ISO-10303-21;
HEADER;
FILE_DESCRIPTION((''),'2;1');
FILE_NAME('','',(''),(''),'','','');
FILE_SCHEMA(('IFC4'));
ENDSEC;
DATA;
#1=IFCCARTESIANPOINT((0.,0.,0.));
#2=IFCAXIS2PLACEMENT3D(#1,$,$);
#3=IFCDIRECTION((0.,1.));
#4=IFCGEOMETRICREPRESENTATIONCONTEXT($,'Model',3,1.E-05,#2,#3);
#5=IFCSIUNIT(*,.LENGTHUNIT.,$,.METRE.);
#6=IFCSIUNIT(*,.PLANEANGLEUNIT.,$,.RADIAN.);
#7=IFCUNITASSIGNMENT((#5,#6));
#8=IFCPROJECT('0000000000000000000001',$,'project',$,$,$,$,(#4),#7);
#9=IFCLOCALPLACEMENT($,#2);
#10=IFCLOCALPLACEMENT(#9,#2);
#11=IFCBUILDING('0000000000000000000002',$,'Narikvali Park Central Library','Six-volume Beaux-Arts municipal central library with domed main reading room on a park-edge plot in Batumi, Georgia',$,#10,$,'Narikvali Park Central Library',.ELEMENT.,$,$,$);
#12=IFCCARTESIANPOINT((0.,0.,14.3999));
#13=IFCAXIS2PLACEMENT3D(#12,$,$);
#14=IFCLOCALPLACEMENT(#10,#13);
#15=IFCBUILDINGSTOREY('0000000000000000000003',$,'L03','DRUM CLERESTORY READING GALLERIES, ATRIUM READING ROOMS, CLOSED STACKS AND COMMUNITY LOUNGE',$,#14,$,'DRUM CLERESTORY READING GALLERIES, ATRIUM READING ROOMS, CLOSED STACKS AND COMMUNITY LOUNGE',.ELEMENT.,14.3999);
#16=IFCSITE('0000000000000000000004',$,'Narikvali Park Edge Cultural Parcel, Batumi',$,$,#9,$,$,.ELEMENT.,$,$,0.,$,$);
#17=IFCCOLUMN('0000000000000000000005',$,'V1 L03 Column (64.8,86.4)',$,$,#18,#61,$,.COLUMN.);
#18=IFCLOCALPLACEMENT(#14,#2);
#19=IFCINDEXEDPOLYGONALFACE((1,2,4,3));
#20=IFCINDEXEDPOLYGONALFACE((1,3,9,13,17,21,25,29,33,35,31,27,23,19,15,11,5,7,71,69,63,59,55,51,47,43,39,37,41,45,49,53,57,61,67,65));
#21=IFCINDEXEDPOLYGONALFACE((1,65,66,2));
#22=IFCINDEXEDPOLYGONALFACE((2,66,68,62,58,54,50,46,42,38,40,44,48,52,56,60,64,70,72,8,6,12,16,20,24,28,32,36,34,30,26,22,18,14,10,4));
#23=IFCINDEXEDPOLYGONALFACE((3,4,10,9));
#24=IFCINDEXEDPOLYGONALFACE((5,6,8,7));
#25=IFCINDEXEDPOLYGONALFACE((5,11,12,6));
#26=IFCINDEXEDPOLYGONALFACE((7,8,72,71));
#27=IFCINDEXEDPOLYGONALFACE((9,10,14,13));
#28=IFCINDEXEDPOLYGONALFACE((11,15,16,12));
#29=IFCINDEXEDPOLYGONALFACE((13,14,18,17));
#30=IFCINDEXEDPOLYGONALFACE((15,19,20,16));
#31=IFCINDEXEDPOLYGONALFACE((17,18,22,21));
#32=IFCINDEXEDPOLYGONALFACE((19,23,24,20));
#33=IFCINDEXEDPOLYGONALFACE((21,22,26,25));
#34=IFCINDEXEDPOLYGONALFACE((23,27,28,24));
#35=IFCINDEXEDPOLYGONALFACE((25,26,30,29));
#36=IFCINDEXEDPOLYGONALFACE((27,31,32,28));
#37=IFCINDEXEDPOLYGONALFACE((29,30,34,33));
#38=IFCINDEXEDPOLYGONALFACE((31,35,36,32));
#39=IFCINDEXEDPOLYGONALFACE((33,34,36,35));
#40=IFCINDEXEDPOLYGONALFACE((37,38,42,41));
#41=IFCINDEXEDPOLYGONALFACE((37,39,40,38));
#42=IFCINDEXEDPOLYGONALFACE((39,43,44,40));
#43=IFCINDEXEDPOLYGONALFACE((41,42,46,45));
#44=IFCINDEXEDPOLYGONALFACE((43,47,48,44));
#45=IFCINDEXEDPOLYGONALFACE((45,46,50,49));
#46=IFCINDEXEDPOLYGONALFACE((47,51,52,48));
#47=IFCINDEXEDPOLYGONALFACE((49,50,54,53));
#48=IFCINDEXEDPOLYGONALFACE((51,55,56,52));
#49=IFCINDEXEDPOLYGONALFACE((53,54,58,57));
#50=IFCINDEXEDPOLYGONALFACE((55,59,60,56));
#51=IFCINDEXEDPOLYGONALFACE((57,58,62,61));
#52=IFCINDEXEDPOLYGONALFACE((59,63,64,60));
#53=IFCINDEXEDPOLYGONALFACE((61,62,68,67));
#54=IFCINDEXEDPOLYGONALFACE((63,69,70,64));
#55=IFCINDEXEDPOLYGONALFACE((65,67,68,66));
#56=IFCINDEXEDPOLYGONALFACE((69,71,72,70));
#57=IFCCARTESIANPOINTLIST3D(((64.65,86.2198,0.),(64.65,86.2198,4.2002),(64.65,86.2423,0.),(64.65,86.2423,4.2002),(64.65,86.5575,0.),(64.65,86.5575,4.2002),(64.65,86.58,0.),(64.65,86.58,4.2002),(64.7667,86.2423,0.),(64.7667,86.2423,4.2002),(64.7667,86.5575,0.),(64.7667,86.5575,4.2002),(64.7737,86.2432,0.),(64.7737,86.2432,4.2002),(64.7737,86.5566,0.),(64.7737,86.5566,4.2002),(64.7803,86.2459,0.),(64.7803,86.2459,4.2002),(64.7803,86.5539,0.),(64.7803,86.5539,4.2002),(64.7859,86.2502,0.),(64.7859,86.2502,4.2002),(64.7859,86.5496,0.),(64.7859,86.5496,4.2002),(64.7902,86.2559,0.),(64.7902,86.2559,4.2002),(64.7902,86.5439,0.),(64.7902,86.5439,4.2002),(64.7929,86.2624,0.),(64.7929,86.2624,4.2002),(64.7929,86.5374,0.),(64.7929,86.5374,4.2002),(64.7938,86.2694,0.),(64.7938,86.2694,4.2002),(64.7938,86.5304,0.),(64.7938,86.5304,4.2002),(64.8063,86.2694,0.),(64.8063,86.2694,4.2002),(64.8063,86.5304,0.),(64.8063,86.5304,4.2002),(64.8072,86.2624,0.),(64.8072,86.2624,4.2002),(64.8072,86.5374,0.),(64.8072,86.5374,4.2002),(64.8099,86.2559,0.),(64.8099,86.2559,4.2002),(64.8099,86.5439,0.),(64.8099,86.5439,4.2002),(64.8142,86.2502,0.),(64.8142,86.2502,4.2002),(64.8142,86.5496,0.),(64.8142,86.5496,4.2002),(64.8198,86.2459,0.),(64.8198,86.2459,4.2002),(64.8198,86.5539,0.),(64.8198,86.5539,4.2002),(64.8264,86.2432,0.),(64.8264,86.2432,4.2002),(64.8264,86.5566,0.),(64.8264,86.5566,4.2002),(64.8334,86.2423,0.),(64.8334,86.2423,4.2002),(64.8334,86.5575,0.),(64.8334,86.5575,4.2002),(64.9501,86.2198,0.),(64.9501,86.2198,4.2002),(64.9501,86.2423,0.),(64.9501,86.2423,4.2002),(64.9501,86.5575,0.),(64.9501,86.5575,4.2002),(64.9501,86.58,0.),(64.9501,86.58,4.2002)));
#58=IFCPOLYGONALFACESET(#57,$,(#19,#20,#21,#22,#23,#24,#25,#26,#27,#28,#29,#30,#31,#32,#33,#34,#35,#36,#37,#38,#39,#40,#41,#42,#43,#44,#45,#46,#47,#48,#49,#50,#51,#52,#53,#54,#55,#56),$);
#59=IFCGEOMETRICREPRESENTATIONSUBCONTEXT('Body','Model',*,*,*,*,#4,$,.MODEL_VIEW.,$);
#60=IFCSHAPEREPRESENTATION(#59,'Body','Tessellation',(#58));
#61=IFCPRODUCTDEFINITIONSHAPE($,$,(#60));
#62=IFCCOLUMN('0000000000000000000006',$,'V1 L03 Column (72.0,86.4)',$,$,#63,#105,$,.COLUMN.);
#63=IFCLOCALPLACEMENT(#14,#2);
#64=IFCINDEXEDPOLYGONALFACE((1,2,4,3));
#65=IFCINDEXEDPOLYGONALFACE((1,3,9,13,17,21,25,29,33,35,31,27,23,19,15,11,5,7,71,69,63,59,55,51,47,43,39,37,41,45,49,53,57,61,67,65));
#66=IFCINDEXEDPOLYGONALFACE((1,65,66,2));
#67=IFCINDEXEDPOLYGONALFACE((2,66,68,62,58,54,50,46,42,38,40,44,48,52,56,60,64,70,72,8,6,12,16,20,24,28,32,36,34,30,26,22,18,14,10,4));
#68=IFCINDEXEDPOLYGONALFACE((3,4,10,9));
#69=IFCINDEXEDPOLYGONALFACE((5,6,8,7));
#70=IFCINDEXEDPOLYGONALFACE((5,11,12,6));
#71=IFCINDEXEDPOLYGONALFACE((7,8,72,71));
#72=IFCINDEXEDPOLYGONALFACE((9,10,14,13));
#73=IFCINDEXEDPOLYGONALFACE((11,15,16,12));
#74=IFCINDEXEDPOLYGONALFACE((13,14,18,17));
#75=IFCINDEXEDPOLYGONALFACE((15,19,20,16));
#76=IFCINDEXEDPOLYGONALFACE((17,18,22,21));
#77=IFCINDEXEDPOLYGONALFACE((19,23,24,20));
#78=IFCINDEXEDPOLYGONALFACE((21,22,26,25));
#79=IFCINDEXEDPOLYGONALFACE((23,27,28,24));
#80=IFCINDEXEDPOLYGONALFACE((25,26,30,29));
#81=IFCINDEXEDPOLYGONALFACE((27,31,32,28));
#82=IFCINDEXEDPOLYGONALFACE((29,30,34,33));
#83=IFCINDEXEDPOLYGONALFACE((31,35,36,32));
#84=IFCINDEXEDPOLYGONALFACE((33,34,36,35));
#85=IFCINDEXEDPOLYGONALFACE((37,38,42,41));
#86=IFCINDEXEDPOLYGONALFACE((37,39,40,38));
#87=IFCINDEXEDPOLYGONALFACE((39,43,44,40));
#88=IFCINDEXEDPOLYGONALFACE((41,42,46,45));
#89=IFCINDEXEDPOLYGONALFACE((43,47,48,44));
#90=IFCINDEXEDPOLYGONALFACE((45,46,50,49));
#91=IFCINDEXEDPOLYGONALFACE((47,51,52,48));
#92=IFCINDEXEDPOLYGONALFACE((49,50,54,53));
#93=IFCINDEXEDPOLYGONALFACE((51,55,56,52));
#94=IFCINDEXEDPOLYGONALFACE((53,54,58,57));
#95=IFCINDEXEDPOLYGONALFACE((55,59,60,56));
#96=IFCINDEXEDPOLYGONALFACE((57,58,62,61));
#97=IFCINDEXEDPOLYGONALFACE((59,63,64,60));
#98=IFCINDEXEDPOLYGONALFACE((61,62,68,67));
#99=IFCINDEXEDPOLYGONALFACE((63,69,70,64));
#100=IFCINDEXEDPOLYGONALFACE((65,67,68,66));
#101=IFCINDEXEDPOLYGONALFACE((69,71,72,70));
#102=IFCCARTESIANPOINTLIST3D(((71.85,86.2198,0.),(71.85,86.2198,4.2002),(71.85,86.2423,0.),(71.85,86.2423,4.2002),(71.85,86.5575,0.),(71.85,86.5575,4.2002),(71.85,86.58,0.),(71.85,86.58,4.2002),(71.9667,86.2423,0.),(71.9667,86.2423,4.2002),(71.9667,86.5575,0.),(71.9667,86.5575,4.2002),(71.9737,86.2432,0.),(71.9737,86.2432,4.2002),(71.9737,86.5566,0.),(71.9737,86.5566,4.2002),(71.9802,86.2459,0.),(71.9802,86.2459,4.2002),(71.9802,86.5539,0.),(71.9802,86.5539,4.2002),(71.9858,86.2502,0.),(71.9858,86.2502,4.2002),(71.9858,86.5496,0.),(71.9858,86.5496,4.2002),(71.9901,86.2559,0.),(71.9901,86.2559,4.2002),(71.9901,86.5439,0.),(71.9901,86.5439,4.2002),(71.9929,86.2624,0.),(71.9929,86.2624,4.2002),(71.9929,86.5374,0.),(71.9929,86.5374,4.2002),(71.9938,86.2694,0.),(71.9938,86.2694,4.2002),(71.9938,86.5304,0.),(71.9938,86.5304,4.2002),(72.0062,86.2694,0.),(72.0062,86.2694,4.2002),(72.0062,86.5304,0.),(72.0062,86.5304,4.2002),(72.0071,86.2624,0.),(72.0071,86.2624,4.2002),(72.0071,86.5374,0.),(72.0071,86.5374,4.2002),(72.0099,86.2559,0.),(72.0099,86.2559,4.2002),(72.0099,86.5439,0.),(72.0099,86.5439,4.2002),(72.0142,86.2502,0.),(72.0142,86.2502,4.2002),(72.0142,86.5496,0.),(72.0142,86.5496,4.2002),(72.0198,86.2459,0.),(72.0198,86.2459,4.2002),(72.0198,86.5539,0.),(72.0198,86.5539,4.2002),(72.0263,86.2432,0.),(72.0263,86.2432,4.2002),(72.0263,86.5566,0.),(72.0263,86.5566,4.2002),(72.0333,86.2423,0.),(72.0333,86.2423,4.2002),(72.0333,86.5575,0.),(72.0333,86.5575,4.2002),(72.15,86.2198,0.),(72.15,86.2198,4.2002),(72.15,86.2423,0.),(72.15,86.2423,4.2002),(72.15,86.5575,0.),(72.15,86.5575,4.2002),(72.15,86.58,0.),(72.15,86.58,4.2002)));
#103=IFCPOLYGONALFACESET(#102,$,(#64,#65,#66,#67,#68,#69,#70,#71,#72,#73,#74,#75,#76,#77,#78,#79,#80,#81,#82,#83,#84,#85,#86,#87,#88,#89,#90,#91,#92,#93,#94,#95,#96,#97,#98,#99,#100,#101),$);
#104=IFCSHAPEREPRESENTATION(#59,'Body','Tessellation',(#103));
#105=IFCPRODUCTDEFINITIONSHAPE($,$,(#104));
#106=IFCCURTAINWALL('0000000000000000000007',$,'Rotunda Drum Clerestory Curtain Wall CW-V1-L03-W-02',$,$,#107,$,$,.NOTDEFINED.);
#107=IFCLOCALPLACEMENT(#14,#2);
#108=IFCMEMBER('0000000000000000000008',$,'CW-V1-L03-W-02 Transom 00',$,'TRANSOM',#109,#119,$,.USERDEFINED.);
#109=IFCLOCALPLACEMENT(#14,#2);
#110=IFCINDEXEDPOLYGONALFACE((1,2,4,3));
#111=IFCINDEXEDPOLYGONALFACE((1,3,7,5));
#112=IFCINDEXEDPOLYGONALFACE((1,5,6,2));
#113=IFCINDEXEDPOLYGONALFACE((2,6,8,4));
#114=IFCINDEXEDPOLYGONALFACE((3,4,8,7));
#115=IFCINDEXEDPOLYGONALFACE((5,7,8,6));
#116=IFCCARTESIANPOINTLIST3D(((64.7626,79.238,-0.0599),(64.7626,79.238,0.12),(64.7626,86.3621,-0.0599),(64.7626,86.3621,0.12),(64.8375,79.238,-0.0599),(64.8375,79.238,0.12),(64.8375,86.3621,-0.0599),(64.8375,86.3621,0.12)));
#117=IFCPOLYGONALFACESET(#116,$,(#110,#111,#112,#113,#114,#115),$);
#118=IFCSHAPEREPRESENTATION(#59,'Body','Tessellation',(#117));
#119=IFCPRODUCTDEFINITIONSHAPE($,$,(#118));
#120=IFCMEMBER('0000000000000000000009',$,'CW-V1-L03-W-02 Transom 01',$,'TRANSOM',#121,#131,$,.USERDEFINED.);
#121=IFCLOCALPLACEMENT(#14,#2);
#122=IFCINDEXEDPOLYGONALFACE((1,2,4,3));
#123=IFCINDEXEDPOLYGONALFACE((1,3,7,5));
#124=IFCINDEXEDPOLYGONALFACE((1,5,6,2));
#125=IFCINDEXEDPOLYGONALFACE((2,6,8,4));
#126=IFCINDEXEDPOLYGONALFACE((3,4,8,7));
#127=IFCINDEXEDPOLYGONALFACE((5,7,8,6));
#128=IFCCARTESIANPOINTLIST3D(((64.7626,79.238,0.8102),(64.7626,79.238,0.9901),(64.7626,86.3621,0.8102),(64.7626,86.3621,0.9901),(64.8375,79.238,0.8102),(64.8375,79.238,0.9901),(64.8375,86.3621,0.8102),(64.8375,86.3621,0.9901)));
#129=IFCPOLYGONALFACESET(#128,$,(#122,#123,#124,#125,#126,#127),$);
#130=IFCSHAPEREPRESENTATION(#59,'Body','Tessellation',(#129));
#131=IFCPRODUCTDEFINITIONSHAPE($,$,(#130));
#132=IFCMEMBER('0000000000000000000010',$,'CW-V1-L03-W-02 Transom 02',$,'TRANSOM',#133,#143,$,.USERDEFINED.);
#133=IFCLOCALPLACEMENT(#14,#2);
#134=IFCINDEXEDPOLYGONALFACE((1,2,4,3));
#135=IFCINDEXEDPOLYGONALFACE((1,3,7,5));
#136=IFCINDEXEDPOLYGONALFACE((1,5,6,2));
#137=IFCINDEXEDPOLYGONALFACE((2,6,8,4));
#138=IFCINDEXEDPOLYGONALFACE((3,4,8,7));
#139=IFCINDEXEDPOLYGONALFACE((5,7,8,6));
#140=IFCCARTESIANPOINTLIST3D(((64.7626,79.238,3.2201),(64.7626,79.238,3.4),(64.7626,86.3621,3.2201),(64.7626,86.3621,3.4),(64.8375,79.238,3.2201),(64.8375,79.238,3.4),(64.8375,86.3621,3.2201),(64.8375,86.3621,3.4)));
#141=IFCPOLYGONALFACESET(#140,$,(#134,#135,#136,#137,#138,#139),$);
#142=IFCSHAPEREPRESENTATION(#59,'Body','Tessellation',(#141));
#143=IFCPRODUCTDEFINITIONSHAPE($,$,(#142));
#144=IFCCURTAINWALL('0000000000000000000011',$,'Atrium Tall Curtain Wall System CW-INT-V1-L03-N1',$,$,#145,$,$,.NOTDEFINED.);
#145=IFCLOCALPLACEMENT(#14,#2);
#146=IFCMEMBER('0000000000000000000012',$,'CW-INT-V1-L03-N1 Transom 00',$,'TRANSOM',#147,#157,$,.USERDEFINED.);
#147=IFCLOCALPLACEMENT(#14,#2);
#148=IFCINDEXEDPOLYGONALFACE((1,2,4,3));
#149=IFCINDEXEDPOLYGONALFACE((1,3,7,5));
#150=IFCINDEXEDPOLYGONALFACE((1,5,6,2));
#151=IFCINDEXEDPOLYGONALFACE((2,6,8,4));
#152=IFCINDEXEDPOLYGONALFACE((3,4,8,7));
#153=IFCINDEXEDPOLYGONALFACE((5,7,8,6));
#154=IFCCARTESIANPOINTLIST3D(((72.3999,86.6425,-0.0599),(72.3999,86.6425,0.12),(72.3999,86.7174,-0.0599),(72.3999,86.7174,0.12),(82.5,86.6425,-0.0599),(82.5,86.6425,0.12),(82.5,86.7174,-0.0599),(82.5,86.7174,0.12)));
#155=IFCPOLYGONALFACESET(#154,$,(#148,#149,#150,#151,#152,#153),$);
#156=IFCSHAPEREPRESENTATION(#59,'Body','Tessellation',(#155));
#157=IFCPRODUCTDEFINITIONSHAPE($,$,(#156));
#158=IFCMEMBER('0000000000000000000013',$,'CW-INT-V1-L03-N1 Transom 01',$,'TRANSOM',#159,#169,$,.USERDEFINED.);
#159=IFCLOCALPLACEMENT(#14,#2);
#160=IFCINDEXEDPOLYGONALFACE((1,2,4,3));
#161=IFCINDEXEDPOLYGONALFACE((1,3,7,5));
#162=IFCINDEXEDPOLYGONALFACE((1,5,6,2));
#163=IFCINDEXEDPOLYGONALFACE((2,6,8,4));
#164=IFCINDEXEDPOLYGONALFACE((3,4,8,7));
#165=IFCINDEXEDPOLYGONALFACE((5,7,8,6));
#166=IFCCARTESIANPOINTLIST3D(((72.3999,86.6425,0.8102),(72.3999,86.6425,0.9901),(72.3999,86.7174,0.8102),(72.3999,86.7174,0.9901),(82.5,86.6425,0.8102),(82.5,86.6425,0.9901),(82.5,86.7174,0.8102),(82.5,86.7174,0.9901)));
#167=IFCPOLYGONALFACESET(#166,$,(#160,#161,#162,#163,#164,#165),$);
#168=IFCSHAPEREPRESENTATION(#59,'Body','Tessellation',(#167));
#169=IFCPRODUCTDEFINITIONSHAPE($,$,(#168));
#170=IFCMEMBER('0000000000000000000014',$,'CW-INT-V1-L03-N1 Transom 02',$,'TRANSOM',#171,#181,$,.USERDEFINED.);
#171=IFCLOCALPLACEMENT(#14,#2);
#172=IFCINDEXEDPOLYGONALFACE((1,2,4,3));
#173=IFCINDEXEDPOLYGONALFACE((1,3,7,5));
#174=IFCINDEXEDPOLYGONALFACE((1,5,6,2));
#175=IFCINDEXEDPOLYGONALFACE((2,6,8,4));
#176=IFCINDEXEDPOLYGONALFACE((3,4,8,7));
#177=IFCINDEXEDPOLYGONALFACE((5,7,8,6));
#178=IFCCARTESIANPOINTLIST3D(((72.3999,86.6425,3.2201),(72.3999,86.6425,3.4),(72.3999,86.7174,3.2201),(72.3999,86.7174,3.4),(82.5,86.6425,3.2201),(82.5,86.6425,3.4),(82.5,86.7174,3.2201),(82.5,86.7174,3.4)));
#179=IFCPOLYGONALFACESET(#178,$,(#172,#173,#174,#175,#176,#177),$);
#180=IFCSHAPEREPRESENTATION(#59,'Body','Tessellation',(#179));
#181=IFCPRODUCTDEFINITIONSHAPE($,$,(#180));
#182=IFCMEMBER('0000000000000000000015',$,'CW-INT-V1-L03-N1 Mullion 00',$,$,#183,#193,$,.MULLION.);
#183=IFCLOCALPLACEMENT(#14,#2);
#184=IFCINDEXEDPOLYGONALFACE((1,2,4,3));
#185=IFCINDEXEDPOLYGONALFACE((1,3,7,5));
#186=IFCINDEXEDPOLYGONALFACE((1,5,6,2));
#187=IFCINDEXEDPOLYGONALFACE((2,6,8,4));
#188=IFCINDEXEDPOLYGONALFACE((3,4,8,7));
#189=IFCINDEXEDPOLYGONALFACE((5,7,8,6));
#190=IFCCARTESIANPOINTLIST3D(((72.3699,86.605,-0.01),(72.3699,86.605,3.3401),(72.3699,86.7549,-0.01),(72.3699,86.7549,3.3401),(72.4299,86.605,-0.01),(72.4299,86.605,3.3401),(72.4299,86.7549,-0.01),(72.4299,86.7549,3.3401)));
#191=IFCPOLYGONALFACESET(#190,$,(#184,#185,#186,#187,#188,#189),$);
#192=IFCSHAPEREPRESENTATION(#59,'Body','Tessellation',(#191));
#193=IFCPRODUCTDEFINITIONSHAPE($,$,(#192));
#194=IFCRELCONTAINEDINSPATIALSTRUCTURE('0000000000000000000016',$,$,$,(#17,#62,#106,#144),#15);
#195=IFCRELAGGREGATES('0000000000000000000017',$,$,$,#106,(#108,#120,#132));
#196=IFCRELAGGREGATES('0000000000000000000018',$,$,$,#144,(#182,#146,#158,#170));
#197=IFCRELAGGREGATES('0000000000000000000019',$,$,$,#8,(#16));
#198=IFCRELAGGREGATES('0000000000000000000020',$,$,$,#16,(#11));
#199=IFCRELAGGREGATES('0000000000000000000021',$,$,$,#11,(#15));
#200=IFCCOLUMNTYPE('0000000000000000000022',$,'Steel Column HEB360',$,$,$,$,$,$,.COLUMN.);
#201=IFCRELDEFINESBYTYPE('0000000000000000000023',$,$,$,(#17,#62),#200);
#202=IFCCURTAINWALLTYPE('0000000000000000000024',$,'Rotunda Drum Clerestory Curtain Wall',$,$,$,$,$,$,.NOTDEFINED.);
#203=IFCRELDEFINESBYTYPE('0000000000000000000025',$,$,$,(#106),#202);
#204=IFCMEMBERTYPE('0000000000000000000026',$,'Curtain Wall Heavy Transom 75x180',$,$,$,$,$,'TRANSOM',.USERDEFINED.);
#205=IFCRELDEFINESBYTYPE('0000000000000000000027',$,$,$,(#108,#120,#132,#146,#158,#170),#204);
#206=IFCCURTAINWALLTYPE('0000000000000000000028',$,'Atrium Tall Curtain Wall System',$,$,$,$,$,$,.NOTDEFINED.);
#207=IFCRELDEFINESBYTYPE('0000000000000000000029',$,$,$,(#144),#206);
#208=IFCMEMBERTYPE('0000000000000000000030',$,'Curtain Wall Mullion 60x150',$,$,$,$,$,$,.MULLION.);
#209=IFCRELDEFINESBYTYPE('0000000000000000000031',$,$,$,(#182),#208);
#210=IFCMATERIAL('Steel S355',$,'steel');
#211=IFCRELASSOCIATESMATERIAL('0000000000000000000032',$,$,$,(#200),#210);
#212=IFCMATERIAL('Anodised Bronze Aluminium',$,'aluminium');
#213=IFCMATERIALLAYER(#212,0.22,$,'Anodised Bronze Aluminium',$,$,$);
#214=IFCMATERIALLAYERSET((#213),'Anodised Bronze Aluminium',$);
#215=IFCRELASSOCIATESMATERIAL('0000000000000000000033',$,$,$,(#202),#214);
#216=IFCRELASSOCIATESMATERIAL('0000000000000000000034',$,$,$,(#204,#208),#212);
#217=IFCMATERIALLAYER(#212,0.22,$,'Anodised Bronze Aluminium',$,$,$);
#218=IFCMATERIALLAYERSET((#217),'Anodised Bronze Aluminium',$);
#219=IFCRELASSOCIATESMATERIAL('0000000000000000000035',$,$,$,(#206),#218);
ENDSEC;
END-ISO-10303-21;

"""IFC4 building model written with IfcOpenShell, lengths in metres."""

from ifc_helpers import new_model, si_unit, direction, frame, origin, origin_2d, place, context, subcontext, project, spatial, rectangle, i_section, extrude, material, layer, layer_set, material_profile, profile_set, type_object, element, aggregate, save


model = new_model("IFC4")

# Units and contexts
model_context = context("Model", 3, precision=1e-05, world=origin(), true_north=direction((0.0, 1.0)))
body_context = subcontext(model_context, "Body", "Model", "MODEL_VIEW")
ifc_project = project(units=[si_unit("LENGTHUNIT", "METRE"), si_unit("PLANEANGLEUNIT", "RADIAN")], contexts=[model_context])

# Site, building, storey
site_placement = place(None, origin())
site = spatial("IfcSite", under=ifc_project, at=site_placement, Name="Narikvali Park Edge Cultural Parcel, Batumi", CompositionType="ELEMENT", RefElevation=0.0)
building_placement = place(site_placement, origin())
building = spatial("IfcBuilding", under=site, at=building_placement, Name="Narikvali Park Central Library", Description="Six-volume Beaux-Arts municipal central library with domed main reading room on a park-edge plot in Batumi, Georgia", LongName="Narikvali Park Central Library", CompositionType="ELEMENT")
storey_placement = place(building_placement, frame((0.0, 0.0, 14.3999)))
storey = spatial("IfcBuildingStorey", under=building, at=storey_placement, Name="L03", Description="DRUM CLERESTORY READING GALLERIES, ATRIUM READING ROOMS, CLOSED STACKS AND COMMUNITY LOUNGE", LongName="DRUM CLERESTORY READING GALLERIES, ATRIUM READING ROOMS, CLOSED STACKS AND COMMUNITY LOUNGE", CompositionType="ELEMENT", Elevation=14.3999)

# Columns
ifc_material_1 = material(Name="Steel S355", Category="steel")
ifc_material_profile_1 = material_profile(ifc_material_1, i_section(OverallWidth=0.3, OverallDepth=0.3601, WebThickness=0.0125, FlangeThickness=0.0225, FilletRadius=0.0271, at=origin_2d()), Name="HEB 360")
ifc_profile_set_1 = profile_set([ifc_material_profile_1], Name="Steel S355")
column_type = type_object("IfcColumnType", Name="Steel Column HEB360", PredefinedType="COLUMN", material=ifc_profile_set_1)
for number, where, z_axis, x_axis, name in (
    (1, (64.8, 86.3999, 0.0), (0.0, 0.0, 1.0), (1.0, 0.0, 0.0), "V1 L03 Column (64.8,86.4)"),
    (2, (72.0, 86.3999, 0.0), (0.0, 0.0, 1.0), (1.0, 0.0, 0.0), "V1 L03 Column (72.0,86.4)"),
):
    element("IfcColumn", number, at=place(storey_placement, frame(where, z_axis=z_axis, x_axis=x_axis)), inside=storey, type_object=column_type, Name=name, PredefinedType="COLUMN", context=body_context, shape_type="SweptSolid", body=[
        extrude(i_section(OverallWidth=0.3, OverallDepth=0.3601, WebThickness=0.0125, FlangeThickness=0.0225, FilletRadius=0.0271, at=origin_2d()), origin(), (0.0, 0.0, 1.0), 4.2002),
    ])

# Curtain walls, members
ifc_material_2 = material(Name="Anodised Bronze Aluminium", Category="aluminium")
ifc_layer_1 = layer(ifc_material_2, 0.22, Name="Anodised Bronze Aluminium")
ifc_layer_set_1 = layer_set([ifc_layer_1], Name="Anodised Bronze Aluminium")
curtain_wall_type_1 = type_object("IfcCurtainWallType", Name="Rotunda Drum Clerestory Curtain Wall", PredefinedType="NOTDEFINED", material=ifc_layer_set_1)
curtain_wall_1_placement = place(storey_placement, origin())
curtain_wall_1 = element("IfcCurtainWall", 3, at=curtain_wall_1_placement, inside=storey, type_object=curtain_wall_type_1, Name="Rotunda Drum Clerestory Curtain Wall CW-V1-L03-W-02", PredefinedType="NOTDEFINED")
ifc_material_profile_2 = material_profile(ifc_material_2, rectangle(XDim=0.075, YDim=0.1799, at=origin_2d()), Name="CW TRANSOM 75x180")
ifc_profile_set_2 = profile_set([ifc_material_profile_2], Name="Anodised Bronze Aluminium")
member_type_1 = type_object("IfcMemberType", Name="Curtain Wall Heavy Transom 75x180", ElementType="TRANSOM", PredefinedType="USERDEFINED", material=ifc_profile_set_2)
member_1_placement = place(storey_placement, frame((64.8, 86.3621, 0.03), z_axis=(0.0, -1.0, 0.0), x_axis=(1.0, 0.0, 0.0)))
member_1 = element("IfcMember", 4, at=member_1_placement, type_object=member_type_1, Name="CW-V1-L03-W-02 Transom 00", ObjectType="TRANSOM", PredefinedType="USERDEFINED", context=body_context, shape_type="SweptSolid", body=[
    extrude(rectangle(XDim=0.075, YDim=0.1799, at=origin_2d()), origin(), (0.0, 0.0, 1.0), 7.124),
])
member_2_placement = place(storey_placement, frame((64.8, 86.3621, 0.9001), z_axis=(0.0, -1.0, 0.0), x_axis=(1.0, 0.0, 0.0)))
member_2 = element("IfcMember", 5, at=member_2_placement, type_object=member_type_1, Name="CW-V1-L03-W-02 Transom 01", ObjectType="TRANSOM", PredefinedType="USERDEFINED", context=body_context, shape_type="SweptSolid", body=[
    extrude(rectangle(XDim=0.075, YDim=0.1799, at=origin_2d()), origin(), (0.0, 0.0, 1.0), 7.124),
])
member_3_placement = place(storey_placement, frame((64.8, 86.3621, 3.3101), z_axis=(0.0, -1.0, 0.0), x_axis=(1.0, 0.0, 0.0)))
member_3 = element("IfcMember", 6, at=member_3_placement, type_object=member_type_1, Name="CW-V1-L03-W-02 Transom 02", ObjectType="TRANSOM", PredefinedType="USERDEFINED", context=body_context, shape_type="SweptSolid", body=[
    extrude(rectangle(XDim=0.075, YDim=0.1799, at=origin_2d()), origin(), (0.0, 0.0, 1.0), 7.124),
])
aggregate(curtain_wall_1, [member_1, member_2, member_3])
ifc_layer_2 = layer(ifc_material_2, 0.22, Name="Anodised Bronze Aluminium")
ifc_layer_set_2 = layer_set([ifc_layer_2], Name="Anodised Bronze Aluminium")
curtain_wall_type_2 = type_object("IfcCurtainWallType", Name="Atrium Tall Curtain Wall System", PredefinedType="NOTDEFINED", material=ifc_layer_set_2)
curtain_wall_2_placement = place(storey_placement, origin())
curtain_wall_2 = element("IfcCurtainWall", 7, at=curtain_wall_2_placement, inside=storey, type_object=curtain_wall_type_2, Name="Atrium Tall Curtain Wall System CW-INT-V1-L03-N1", PredefinedType="NOTDEFINED")
member_4_placement = place(storey_placement, frame((72.3999, 86.6799, 0.03), z_axis=(1.0, 0.0, 0.0), x_axis=(0.0, 1.0, 0.0)))
member_4 = element("IfcMember", 8, at=member_4_placement, type_object=member_type_1, Name="CW-INT-V1-L03-N1 Transom 00", ObjectType="TRANSOM", PredefinedType="USERDEFINED", context=body_context, shape_type="SweptSolid", body=[
    extrude(rectangle(XDim=0.075, YDim=0.1799, at=origin_2d()), origin(), (0.0, 0.0, 1.0), 10.1001),
])
member_5_placement = place(storey_placement, frame((72.3999, 86.6799, 0.9001), z_axis=(1.0, 0.0, 0.0), x_axis=(0.0, 1.0, 0.0)))
member_5 = element("IfcMember", 9, at=member_5_placement, type_object=member_type_1, Name="CW-INT-V1-L03-N1 Transom 01", ObjectType="TRANSOM", PredefinedType="USERDEFINED", context=body_context, shape_type="SweptSolid", body=[
    extrude(rectangle(XDim=0.075, YDim=0.1799, at=origin_2d()), origin(), (0.0, 0.0, 1.0), 10.1001),
])
member_6_placement = place(storey_placement, frame((72.3999, 86.6799, 3.3101), z_axis=(1.0, 0.0, 0.0), x_axis=(0.0, 1.0, 0.0)))
member_6 = element("IfcMember", 10, at=member_6_placement, type_object=member_type_1, Name="CW-INT-V1-L03-N1 Transom 02", ObjectType="TRANSOM", PredefinedType="USERDEFINED", context=body_context, shape_type="SweptSolid", body=[
    extrude(rectangle(XDim=0.075, YDim=0.1799, at=origin_2d()), origin(), (0.0, 0.0, 1.0), 10.1001),
])
ifc_material_profile_3 = material_profile(ifc_material_2, rectangle(XDim=0.0601, YDim=0.1499, at=origin_2d()), Name="CW MULLION 60x150")
ifc_profile_set_3 = profile_set([ifc_material_profile_3], Name="Anodised Bronze Aluminium")
member_type_2 = type_object("IfcMemberType", Name="Curtain Wall Mullion 60x150", PredefinedType="MULLION", material=ifc_profile_set_3)
member_7_placement = place(storey_placement, frame((72.3999, 86.6799, -0.01), z_axis=(0.0, 0.0, 1.0), x_axis=(1.0, 0.0, 0.0)))
member_7 = element("IfcMember", 11, at=member_7_placement, type_object=member_type_2, Name="CW-INT-V1-L03-N1 Mullion 00", PredefinedType="MULLION", context=body_context, shape_type="SweptSolid", body=[
    extrude(rectangle(XDim=0.0601, YDim=0.1499, at=origin_2d()), origin(), (0.0, 0.0, 1.0), 3.3501),
])

aggregate(curtain_wall_2, [member_7, member_4, member_5, member_6])

save(model, "model.ifc")
